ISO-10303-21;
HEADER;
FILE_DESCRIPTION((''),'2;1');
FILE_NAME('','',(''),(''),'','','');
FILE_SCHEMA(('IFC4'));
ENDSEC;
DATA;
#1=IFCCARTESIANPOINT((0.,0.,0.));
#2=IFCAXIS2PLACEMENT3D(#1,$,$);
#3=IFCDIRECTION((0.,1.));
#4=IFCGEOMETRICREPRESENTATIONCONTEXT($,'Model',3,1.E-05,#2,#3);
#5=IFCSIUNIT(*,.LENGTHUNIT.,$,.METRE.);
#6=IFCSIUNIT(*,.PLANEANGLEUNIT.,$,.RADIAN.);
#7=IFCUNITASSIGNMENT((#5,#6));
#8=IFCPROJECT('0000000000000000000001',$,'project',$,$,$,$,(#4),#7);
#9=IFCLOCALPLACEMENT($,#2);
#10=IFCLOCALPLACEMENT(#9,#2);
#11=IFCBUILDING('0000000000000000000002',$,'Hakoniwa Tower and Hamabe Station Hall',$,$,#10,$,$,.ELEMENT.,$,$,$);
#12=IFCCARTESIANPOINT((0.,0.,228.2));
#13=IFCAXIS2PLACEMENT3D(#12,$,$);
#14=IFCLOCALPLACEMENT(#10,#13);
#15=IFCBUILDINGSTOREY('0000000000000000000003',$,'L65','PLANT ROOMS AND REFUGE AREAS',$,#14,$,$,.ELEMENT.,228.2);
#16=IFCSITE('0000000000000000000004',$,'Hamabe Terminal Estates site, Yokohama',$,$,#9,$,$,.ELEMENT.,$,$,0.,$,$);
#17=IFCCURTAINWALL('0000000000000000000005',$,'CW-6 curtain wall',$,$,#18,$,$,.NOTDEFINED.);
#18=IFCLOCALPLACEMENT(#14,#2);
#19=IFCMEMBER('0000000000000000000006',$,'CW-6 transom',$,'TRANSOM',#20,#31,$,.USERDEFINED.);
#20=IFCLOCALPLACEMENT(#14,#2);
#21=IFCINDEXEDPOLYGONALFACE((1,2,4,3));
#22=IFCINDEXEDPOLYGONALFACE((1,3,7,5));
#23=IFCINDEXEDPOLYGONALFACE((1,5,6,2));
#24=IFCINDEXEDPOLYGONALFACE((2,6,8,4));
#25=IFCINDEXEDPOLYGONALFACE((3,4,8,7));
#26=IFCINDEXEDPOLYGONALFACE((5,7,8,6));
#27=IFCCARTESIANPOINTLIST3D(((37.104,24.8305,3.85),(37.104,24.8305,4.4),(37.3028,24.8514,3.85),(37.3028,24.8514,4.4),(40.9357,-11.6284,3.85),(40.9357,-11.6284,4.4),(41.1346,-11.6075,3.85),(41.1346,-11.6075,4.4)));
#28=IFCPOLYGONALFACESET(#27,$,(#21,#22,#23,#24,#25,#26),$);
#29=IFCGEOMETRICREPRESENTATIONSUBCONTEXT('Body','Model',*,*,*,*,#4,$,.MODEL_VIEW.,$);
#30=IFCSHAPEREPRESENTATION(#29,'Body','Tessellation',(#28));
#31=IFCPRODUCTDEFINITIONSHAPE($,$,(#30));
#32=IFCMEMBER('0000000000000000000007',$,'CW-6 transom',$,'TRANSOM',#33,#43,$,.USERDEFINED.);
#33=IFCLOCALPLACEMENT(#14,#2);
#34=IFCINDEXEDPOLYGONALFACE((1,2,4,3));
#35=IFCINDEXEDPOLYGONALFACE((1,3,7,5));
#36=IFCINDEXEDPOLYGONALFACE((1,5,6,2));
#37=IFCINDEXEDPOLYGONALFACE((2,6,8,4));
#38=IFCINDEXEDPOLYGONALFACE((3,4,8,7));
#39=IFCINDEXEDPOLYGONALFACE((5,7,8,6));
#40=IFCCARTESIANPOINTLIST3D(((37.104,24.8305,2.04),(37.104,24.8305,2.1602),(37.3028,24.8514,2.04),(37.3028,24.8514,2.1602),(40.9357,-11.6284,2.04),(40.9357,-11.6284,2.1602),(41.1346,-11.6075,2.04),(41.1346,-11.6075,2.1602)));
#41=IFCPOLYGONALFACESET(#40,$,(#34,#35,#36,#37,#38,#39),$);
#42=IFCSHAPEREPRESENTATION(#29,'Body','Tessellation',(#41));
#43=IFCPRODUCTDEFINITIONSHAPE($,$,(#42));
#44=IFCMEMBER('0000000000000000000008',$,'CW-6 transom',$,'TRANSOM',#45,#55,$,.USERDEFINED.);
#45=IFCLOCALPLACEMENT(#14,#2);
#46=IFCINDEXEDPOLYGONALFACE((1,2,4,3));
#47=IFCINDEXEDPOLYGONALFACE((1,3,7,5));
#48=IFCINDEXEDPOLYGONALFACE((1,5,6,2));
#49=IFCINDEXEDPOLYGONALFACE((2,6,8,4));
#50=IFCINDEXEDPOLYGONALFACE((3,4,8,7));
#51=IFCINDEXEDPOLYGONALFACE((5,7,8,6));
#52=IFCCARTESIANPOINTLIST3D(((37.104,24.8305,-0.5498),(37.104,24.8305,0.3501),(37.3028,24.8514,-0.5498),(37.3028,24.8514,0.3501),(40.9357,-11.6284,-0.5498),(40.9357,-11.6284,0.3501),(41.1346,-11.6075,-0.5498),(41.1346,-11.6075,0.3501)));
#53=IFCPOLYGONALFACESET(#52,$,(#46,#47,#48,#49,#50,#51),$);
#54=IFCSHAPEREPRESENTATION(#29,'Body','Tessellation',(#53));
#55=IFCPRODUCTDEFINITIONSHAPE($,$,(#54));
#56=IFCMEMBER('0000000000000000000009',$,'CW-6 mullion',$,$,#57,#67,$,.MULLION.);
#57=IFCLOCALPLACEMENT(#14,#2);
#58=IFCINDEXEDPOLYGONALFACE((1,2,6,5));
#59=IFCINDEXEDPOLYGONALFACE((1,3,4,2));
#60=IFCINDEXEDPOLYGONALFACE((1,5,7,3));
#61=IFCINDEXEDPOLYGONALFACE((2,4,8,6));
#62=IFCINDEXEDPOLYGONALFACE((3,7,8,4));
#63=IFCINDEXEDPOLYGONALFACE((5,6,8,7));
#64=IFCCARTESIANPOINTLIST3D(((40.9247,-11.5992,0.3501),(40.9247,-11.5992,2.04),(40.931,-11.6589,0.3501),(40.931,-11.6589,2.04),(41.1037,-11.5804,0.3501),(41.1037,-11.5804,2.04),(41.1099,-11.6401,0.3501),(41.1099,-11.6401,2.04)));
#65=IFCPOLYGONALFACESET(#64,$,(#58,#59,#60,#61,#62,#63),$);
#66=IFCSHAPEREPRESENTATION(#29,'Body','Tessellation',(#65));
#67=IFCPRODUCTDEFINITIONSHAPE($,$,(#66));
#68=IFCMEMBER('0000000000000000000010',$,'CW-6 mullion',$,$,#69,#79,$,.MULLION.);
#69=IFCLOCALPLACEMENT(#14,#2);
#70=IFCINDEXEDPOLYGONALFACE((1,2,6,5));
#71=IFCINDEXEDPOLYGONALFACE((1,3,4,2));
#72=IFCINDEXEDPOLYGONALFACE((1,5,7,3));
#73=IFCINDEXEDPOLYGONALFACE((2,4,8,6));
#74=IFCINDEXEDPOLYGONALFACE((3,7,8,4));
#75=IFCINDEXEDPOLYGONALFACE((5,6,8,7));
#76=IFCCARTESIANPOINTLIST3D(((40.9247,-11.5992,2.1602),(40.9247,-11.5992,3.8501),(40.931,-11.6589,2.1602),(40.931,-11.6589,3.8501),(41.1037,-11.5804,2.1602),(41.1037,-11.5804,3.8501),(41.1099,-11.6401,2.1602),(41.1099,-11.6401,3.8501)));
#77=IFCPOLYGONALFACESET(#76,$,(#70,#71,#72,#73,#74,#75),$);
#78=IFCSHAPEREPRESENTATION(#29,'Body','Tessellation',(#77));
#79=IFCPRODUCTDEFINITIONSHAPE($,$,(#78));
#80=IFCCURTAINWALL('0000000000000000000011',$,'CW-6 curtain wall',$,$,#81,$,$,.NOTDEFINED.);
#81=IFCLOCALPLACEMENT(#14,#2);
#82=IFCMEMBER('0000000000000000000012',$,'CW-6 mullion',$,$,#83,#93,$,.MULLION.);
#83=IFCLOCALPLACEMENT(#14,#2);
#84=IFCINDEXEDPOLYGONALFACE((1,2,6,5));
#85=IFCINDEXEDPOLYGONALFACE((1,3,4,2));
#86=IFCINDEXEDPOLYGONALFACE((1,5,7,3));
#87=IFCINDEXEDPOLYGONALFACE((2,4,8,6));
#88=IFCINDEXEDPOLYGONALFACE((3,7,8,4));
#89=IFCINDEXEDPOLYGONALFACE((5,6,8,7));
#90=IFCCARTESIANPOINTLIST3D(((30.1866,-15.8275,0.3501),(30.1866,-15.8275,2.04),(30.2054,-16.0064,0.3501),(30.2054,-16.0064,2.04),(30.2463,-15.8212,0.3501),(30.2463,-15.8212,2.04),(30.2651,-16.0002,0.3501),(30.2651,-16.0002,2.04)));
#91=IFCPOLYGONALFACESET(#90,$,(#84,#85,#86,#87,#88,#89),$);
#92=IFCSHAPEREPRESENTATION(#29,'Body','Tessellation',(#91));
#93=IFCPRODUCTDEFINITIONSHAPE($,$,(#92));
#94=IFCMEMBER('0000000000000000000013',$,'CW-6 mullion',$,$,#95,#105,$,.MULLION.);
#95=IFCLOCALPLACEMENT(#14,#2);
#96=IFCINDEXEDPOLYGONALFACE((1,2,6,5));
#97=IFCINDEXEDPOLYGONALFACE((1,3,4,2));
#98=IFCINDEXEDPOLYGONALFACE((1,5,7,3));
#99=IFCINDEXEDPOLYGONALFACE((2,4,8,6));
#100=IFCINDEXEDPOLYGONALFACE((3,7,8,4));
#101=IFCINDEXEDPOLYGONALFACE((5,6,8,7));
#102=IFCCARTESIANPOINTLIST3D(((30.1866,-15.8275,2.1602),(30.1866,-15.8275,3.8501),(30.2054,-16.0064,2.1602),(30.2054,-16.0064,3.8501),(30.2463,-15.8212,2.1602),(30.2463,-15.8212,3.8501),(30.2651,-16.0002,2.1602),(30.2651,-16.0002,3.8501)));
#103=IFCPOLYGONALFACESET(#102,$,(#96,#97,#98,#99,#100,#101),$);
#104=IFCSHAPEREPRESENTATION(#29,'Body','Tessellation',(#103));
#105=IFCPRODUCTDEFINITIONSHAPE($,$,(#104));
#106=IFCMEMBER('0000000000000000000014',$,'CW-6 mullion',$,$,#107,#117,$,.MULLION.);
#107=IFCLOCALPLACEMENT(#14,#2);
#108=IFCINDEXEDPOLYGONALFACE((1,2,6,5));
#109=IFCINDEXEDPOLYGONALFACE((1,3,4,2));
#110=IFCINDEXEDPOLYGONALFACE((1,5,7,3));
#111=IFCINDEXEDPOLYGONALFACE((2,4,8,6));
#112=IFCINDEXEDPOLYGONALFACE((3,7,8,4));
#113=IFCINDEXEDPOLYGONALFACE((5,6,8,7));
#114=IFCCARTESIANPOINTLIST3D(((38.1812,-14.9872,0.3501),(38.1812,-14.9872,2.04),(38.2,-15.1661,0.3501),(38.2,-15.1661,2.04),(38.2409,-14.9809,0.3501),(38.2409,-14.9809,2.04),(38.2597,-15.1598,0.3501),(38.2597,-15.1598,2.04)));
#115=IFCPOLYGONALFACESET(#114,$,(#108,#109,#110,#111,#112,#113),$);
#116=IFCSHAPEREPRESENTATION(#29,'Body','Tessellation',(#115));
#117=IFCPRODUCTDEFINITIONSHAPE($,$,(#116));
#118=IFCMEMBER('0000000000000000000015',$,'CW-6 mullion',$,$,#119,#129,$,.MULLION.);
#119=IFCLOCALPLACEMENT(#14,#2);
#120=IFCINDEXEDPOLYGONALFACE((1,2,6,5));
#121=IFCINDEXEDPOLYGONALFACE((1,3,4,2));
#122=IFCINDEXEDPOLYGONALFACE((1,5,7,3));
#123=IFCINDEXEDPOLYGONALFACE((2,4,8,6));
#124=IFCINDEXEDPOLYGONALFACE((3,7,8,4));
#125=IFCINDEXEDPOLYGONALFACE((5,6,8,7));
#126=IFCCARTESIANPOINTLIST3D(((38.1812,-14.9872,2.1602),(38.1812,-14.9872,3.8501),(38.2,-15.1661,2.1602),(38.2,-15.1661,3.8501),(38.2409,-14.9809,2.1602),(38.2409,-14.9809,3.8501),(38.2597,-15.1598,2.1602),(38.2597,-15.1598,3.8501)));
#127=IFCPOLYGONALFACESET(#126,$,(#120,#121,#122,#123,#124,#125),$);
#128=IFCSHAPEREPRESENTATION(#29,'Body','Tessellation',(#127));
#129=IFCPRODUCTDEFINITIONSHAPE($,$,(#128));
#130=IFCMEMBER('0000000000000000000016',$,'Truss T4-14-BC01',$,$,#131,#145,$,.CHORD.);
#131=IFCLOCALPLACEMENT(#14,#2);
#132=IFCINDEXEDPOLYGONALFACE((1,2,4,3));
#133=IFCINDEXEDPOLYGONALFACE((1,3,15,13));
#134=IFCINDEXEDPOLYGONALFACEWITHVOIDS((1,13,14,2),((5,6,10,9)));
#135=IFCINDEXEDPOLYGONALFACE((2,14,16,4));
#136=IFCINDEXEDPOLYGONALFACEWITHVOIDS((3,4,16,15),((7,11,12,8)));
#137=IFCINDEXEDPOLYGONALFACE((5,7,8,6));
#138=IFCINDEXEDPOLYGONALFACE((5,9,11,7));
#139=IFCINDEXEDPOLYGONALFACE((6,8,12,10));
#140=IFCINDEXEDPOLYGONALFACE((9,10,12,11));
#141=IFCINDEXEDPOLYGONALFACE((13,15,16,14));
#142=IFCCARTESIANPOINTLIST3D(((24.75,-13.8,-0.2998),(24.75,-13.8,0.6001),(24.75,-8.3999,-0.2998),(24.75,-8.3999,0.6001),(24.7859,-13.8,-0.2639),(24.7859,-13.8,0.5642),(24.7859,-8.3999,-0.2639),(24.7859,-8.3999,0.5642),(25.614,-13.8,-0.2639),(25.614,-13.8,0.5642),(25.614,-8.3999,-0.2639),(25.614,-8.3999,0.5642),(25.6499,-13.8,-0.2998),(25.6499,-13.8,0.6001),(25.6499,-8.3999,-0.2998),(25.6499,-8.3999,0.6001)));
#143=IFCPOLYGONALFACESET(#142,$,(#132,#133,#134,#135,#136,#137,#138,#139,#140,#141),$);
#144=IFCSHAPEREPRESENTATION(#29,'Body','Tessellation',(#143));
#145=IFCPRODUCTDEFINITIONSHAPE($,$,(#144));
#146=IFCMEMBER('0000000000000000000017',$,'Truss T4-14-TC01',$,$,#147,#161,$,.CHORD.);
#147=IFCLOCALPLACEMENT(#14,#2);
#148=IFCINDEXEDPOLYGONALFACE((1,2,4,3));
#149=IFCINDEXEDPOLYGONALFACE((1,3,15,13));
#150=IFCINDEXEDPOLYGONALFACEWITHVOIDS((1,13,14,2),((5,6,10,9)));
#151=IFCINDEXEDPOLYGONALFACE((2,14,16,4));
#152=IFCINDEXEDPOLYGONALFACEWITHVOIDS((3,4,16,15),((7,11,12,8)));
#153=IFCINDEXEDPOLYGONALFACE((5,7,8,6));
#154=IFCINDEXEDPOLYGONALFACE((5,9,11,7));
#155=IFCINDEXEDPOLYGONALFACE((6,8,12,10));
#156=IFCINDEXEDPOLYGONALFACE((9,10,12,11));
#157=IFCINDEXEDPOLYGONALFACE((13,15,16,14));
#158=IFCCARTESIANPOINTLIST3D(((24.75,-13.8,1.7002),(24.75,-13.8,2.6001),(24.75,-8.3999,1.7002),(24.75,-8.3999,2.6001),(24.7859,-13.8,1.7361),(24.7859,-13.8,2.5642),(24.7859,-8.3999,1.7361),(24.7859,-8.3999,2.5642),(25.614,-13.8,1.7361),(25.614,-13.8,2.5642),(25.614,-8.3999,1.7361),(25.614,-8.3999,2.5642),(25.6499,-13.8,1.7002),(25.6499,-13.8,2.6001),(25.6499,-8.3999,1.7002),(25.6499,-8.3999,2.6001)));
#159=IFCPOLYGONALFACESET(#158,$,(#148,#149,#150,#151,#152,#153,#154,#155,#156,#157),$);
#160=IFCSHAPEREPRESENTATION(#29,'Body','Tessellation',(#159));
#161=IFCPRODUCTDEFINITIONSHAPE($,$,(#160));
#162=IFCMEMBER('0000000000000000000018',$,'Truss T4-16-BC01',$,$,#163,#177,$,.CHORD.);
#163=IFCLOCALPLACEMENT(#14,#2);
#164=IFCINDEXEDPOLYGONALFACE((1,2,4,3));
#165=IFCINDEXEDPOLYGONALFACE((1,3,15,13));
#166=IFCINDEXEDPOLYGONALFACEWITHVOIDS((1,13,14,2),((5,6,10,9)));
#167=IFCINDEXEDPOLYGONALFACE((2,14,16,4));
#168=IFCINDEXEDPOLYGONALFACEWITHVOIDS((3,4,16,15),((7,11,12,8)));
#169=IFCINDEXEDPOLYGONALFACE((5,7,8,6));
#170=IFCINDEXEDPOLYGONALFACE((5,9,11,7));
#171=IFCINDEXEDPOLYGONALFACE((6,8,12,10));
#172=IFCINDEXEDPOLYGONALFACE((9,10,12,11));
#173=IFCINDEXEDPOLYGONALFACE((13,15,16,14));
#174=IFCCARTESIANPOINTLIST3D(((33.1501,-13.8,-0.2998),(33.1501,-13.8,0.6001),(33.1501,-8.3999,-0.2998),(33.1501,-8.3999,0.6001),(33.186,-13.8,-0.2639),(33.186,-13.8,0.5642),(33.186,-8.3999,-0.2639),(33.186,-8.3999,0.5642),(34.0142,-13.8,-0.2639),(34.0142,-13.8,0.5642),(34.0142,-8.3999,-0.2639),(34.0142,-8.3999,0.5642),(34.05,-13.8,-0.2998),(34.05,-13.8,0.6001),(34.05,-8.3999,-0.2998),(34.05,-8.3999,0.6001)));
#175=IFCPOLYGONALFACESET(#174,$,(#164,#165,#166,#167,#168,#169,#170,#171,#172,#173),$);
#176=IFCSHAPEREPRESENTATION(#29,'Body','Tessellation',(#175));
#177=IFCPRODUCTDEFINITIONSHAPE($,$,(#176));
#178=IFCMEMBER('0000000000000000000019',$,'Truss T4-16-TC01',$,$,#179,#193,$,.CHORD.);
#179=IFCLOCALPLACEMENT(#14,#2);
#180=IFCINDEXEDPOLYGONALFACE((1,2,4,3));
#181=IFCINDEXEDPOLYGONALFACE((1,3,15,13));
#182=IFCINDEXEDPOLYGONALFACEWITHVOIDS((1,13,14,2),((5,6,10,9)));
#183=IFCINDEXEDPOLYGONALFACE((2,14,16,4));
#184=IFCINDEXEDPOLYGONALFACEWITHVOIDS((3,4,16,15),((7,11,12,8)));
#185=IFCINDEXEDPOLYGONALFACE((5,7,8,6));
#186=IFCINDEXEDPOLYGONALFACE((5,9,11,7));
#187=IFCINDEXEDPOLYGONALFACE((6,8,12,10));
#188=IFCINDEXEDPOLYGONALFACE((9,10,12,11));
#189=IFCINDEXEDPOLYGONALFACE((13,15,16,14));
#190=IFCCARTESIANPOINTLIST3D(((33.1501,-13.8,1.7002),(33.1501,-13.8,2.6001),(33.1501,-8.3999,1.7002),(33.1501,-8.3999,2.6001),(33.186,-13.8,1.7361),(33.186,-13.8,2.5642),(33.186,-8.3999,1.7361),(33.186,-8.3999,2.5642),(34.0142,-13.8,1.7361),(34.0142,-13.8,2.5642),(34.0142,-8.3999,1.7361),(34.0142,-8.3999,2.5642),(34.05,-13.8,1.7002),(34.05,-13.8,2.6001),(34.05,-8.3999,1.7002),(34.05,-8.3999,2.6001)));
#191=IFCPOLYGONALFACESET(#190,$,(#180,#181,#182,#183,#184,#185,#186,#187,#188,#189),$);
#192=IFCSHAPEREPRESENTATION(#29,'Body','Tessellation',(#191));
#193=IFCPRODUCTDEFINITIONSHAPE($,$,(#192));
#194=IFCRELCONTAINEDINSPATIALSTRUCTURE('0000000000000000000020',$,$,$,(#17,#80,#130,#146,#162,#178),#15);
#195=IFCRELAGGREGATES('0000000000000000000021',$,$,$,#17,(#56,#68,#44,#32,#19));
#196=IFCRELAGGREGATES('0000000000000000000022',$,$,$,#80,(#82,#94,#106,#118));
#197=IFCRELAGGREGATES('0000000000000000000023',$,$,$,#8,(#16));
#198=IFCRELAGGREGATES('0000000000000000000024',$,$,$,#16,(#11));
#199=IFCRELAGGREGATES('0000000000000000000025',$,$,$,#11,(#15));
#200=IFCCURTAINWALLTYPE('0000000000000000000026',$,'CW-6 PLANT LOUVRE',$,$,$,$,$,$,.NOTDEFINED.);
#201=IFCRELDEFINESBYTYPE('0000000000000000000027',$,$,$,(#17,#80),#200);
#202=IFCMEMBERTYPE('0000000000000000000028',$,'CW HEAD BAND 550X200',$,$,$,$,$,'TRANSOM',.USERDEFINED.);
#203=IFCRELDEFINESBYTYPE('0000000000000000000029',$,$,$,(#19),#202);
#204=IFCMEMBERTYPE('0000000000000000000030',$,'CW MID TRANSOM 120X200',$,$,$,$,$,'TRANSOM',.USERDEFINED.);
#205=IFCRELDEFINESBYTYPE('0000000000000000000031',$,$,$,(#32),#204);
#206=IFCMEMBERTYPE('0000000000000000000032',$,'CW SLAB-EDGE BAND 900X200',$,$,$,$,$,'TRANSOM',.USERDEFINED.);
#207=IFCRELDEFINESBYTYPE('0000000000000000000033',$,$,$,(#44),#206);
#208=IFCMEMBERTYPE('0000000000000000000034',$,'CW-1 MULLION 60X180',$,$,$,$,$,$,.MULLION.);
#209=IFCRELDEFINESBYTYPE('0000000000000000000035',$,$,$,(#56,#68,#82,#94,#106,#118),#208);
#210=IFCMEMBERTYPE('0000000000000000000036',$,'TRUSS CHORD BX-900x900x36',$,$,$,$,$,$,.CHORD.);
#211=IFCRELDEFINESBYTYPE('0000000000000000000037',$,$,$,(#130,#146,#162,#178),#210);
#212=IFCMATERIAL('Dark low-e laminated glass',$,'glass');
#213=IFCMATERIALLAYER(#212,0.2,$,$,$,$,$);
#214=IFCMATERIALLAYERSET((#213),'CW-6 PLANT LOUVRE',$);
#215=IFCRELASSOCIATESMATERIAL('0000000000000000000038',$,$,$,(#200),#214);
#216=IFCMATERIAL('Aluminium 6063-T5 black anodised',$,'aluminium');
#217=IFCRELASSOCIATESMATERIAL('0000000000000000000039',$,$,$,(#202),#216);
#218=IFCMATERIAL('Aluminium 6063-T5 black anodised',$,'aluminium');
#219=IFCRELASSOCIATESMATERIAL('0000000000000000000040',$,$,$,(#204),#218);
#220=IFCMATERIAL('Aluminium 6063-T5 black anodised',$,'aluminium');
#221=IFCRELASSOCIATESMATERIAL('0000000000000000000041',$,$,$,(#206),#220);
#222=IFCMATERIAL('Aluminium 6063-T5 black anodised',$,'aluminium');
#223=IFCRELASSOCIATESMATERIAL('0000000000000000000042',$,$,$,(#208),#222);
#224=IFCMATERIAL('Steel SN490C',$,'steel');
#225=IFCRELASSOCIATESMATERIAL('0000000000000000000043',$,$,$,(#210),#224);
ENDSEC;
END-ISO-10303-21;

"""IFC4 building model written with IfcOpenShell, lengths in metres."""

from ifc_helpers import new_model, si_unit, direction, frame, origin, origin_2d, place, context, subcontext, project, spatial, rectangle, hollow_rectangle, extrude, material, layer, layer_set, material_profile, profile_set, type_object, element, aggregate, save


model = new_model("IFC4")

# Units and contexts
model_context = context("Model", 3, precision=1e-05, world=origin(), true_north=direction((0.0, 1.0)))
body_context = subcontext(model_context, "Body", "Model", "MODEL_VIEW")
ifc_project = project(units=[si_unit("LENGTHUNIT", "METRE"), si_unit("PLANEANGLEUNIT", "RADIAN")], contexts=[model_context])

# Site, building, storey
site_placement = place(None, origin())
site = spatial("IfcSite", under=ifc_project, at=site_placement, Name="Hamabe Terminal Estates site, Yokohama", CompositionType="ELEMENT", RefElevation=0.0)
building_placement = place(site_placement, origin())
building = spatial("IfcBuilding", under=site, at=building_placement, Name="Hakoniwa Tower and Hamabe Station Hall", CompositionType="ELEMENT")
storey_placement = place(building_placement, frame((0.0, 0.0, 228.2)))
storey = spatial("IfcBuildingStorey", under=building, at=storey_placement, Name="L65", Description="PLANT ROOMS AND REFUGE AREAS", CompositionType="ELEMENT", Elevation=228.2)

# Curtain walls, members
ifc_material_1 = material(Name="Dark low-e laminated glass", Category="glass")
ifc_layer_1 = layer(ifc_material_1, 0.2)
ifc_layer_set_1 = layer_set([ifc_layer_1], Name="CW-6 PLANT LOUVRE")
curtain_wall_type = type_object("IfcCurtainWallType", Name="CW-6 PLANT LOUVRE", PredefinedType="NOTDEFINED", material=ifc_layer_set_1)
curtain_wall_1_placement = place(storey_placement, origin())
curtain_wall_1 = element("IfcCurtainWall", 1, at=curtain_wall_1_placement, inside=storey, type_object=curtain_wall_type, Name="CW-6 curtain wall", PredefinedType="NOTDEFINED")
ifc_material_2 = material(Name="Aluminium 6063-T5 black anodised", Category="aluminium")
ifc_material_profile_1 = material_profile(ifc_material_2, rectangle(XDim=0.2, YDim=0.55, at=origin_2d()), Name="CW HEAD BAND 550X200")
ifc_profile_set_1 = profile_set([ifc_material_profile_1], Name="Aluminium 6063-T5 black anodised")
member_type_1 = type_object("IfcMemberType", Name="CW HEAD BAND 550X200", ElementType="TRANSOM", PredefinedType="USERDEFINED", material=ifc_profile_set_1)
member_1_placement = place(storey_placement, frame((41.0352, -11.6179, 4.125), z_axis=(-0.104523, 0.994522, 0.0), x_axis=(-0.994522, -0.104523, 0.0)))
member_1 = element("IfcMember", 2, at=member_1_placement, type_object=member_type_1, Name="CW-6 transom", ObjectType="TRANSOM", PredefinedType="USERDEFINED", context=body_context, shape_type="SweptSolid", body=[
    extrude(rectangle(XDim=0.2, YDim=0.55, at=origin_2d()), origin(), (0.0, 0.0, 1.0), 36.6597),
])
ifc_material_3 = material(Name="Aluminium 6063-T5 black anodised", Category="aluminium")
ifc_material_profile_2 = material_profile(ifc_material_3, rectangle(XDim=0.2, YDim=0.1201, at=origin_2d()), Name="CW MID TRANSOM 120X200")
ifc_profile_set_2 = profile_set([ifc_material_profile_2], Name="Aluminium 6063-T5 black anodised")
member_type_2 = type_object("IfcMemberType", Name="CW MID TRANSOM 120X200", ElementType="TRANSOM", PredefinedType="USERDEFINED", material=ifc_profile_set_2)
member_2_placement = place(storey_placement, frame((41.0352, -11.6179, 2.1001), z_axis=(-0.104523, 0.994522, 0.0), x_axis=(-0.994522, -0.104523, 0.0)))
member_2 = element("IfcMember", 3, at=member_2_placement, type_object=member_type_2, Name="CW-6 transom", ObjectType="TRANSOM", PredefinedType="USERDEFINED", context=body_context, shape_type="SweptSolid", body=[
    extrude(rectangle(XDim=0.2, YDim=0.1201, at=origin_2d()), origin(), (0.0, 0.0, 1.0), 36.6597),
])
ifc_material_4 = material(Name="Aluminium 6063-T5 black anodised", Category="aluminium")
ifc_material_profile_3 = material_profile(ifc_material_4, rectangle(XDim=0.2, YDim=0.8999, at=origin_2d()), Name="CW SLAB-EDGE BAND 900X200")
ifc_profile_set_3 = profile_set([ifc_material_profile_3], Name="Aluminium 6063-T5 black anodised")
member_type_3 = type_object("IfcMemberType", Name="CW SLAB-EDGE BAND 900X200", ElementType="TRANSOM", PredefinedType="USERDEFINED", material=ifc_profile_set_3)
member_3_placement = place(storey_placement, frame((41.0352, -11.6179, -0.0999), z_axis=(-0.104523, 0.994522, 0.0), x_axis=(-0.994522, -0.104523, 0.0)))
member_3 = element("IfcMember", 4, at=member_3_placement, type_object=member_type_3, Name="CW-6 transom", ObjectType="TRANSOM", PredefinedType="USERDEFINED", context=body_context, shape_type="SweptSolid", body=[
    extrude(rectangle(XDim=0.2, YDim=0.8999, at=origin_2d()), origin(), (0.0, 0.0, 1.0), 36.6597),
])
ifc_material_5 = material(Name="Aluminium 6063-T5 black anodised", Category="aluminium")
ifc_material_profile_4 = material_profile(ifc_material_5, rectangle(XDim=0.0601, YDim=0.1799, at=origin_2d()), Name="CW-1 MULLION 60X180")
ifc_profile_set_4 = profile_set([ifc_material_profile_4], Name="Aluminium 6063-T5 black anodised")
member_type_4 = type_object("IfcMemberType", Name="CW-1 MULLION 60X180", PredefinedType="MULLION", material=ifc_profile_set_4)
member_4_placement = place(storey_placement, frame((41.0173, -11.6196, 0.3501), z_axis=(0.0, 0.0, 1.0), x_axis=(-0.104528, 0.994522, 0.0)))
member_4 = element("IfcMember", 5, at=member_4_placement, type_object=member_type_4, Name="CW-6 mullion", PredefinedType="MULLION", context=body_context, shape_type="SweptSolid", body=[
    extrude(rectangle(XDim=0.0601, YDim=0.1799, at=origin_2d()), origin(), (0.0, 0.0, 1.0), 1.6899),
])
member_5_placement = place(storey_placement, frame((41.0173, -11.6196, 2.1602), z_axis=(0.0, 0.0, 1.0), x_axis=(-0.104528, 0.994522, 0.0)))
member_5 = element("IfcMember", 6, at=member_5_placement, type_object=member_type_4, Name="CW-6 mullion", PredefinedType="MULLION", context=body_context, shape_type="SweptSolid", body=[
    extrude(rectangle(XDim=0.0601, YDim=0.1799, at=origin_2d()), origin(), (0.0, 0.0, 1.0), 1.6899),
])
aggregate(curtain_wall_1, [member_4, member_5, member_3, member_2, member_1])
curtain_wall_2_placement = place(storey_placement, origin())
curtain_wall_2 = element("IfcCurtainWall", 7, at=curtain_wall_2_placement, inside=storey, type_object=curtain_wall_type, Name="CW-6 curtain wall", PredefinedType="NOTDEFINED")
member_6_placement = place(storey_placement, frame((30.2258, -15.9138, 0.3501), z_axis=(0.0, 0.0, 1.0), x_axis=(0.994522, 0.104528, 0.0)))
member_6 = element("IfcMember", 8, at=member_6_placement, type_object=member_type_4, Name="CW-6 mullion", PredefinedType="MULLION", context=body_context, shape_type="SweptSolid", body=[
    extrude(rectangle(XDim=0.0601, YDim=0.1799, at=origin_2d()), origin(), (0.0, 0.0, 1.0), 1.6899),
])
member_7_placement = place(storey_placement, frame((30.2258, -15.9138, 2.1602), z_axis=(0.0, 0.0, 1.0), x_axis=(0.994522, 0.104528, 0.0)))
member_7 = element("IfcMember", 9, at=member_7_placement, type_object=member_type_4, Name="CW-6 mullion", PredefinedType="MULLION", context=body_context, shape_type="SweptSolid", body=[
    extrude(rectangle(XDim=0.0601, YDim=0.1799, at=origin_2d()), origin(), (0.0, 0.0, 1.0), 1.6899),
])
member_8_placement = place(storey_placement, frame((38.2205, -15.0735, 0.3501), z_axis=(0.0, 0.0, 1.0), x_axis=(0.994522, 0.104528, 0.0)))
member_8 = element("IfcMember", 10, at=member_8_placement, type_object=member_type_4, Name="CW-6 mullion", PredefinedType="MULLION", context=body_context, shape_type="SweptSolid", body=[
    extrude(rectangle(XDim=0.0601, YDim=0.1799, at=origin_2d()), origin(), (0.0, 0.0, 1.0), 1.6899),
])
member_9_placement = place(storey_placement, frame((38.2205, -15.0735, 2.1602), z_axis=(0.0, 0.0, 1.0), x_axis=(0.994522, 0.104528, 0.0)))
member_9 = element("IfcMember", 11, at=member_9_placement, type_object=member_type_4, Name="CW-6 mullion", PredefinedType="MULLION", context=body_context, shape_type="SweptSolid", body=[
    extrude(rectangle(XDim=0.0601, YDim=0.1799, at=origin_2d()), origin(), (0.0, 0.0, 1.0), 1.6899),
])

# Members
ifc_material_6 = material(Name="Steel SN490C", Category="steel")
ifc_material_profile_5 = material_profile(ifc_material_6, hollow_rectangle(XDim=0.8999, YDim=0.8999, WallThickness=0.0359, at=origin_2d()), Name="BX-900x900x36")
ifc_profile_set_5 = profile_set([ifc_material_profile_5], Name="Steel SN490C")
member_type_5 = type_object("IfcMemberType", Name="TRUSS CHORD BX-900x900x36", PredefinedType="CHORD", material=ifc_profile_set_5)
for number, where, z_axis, x_axis, name in (
    (12, (25.2, -13.8, 0.1501), (0.0, 1.0, 0.0), (-1.0, 0.0, 0.0), "Truss T4-14-BC01"),
    (13, (25.2, -13.8, 2.1501), (0.0, 1.0, 0.0), (-1.0, 0.0, 0.0), "Truss T4-14-TC01"),
    (14, (33.6001, -13.8, 0.1501), (0.0, 1.0, 0.0), (-1.0, 0.0, 0.0), "Truss T4-16-BC01"),
    (15, (33.6001, -13.8, 2.1501), (0.0, 1.0, 0.0), (-1.0, 0.0, 0.0), "Truss T4-16-TC01"),
):
    element("IfcMember", number, at=place(storey_placement, frame(where, z_axis=z_axis, x_axis=x_axis)), inside=storey, type_object=member_type_5, Name=name, PredefinedType="CHORD", context=body_context, shape_type="SweptSolid", body=[
        extrude(hollow_rectangle(XDim=0.8999, YDim=0.8999, WallThickness=0.0359, at=origin_2d()), origin(), (0.0, 0.0, 1.0), 5.4001),
    ])

aggregate(curtain_wall_2, [member_6, member_7, member_8, member_9])

save(model, "model.ifc")
